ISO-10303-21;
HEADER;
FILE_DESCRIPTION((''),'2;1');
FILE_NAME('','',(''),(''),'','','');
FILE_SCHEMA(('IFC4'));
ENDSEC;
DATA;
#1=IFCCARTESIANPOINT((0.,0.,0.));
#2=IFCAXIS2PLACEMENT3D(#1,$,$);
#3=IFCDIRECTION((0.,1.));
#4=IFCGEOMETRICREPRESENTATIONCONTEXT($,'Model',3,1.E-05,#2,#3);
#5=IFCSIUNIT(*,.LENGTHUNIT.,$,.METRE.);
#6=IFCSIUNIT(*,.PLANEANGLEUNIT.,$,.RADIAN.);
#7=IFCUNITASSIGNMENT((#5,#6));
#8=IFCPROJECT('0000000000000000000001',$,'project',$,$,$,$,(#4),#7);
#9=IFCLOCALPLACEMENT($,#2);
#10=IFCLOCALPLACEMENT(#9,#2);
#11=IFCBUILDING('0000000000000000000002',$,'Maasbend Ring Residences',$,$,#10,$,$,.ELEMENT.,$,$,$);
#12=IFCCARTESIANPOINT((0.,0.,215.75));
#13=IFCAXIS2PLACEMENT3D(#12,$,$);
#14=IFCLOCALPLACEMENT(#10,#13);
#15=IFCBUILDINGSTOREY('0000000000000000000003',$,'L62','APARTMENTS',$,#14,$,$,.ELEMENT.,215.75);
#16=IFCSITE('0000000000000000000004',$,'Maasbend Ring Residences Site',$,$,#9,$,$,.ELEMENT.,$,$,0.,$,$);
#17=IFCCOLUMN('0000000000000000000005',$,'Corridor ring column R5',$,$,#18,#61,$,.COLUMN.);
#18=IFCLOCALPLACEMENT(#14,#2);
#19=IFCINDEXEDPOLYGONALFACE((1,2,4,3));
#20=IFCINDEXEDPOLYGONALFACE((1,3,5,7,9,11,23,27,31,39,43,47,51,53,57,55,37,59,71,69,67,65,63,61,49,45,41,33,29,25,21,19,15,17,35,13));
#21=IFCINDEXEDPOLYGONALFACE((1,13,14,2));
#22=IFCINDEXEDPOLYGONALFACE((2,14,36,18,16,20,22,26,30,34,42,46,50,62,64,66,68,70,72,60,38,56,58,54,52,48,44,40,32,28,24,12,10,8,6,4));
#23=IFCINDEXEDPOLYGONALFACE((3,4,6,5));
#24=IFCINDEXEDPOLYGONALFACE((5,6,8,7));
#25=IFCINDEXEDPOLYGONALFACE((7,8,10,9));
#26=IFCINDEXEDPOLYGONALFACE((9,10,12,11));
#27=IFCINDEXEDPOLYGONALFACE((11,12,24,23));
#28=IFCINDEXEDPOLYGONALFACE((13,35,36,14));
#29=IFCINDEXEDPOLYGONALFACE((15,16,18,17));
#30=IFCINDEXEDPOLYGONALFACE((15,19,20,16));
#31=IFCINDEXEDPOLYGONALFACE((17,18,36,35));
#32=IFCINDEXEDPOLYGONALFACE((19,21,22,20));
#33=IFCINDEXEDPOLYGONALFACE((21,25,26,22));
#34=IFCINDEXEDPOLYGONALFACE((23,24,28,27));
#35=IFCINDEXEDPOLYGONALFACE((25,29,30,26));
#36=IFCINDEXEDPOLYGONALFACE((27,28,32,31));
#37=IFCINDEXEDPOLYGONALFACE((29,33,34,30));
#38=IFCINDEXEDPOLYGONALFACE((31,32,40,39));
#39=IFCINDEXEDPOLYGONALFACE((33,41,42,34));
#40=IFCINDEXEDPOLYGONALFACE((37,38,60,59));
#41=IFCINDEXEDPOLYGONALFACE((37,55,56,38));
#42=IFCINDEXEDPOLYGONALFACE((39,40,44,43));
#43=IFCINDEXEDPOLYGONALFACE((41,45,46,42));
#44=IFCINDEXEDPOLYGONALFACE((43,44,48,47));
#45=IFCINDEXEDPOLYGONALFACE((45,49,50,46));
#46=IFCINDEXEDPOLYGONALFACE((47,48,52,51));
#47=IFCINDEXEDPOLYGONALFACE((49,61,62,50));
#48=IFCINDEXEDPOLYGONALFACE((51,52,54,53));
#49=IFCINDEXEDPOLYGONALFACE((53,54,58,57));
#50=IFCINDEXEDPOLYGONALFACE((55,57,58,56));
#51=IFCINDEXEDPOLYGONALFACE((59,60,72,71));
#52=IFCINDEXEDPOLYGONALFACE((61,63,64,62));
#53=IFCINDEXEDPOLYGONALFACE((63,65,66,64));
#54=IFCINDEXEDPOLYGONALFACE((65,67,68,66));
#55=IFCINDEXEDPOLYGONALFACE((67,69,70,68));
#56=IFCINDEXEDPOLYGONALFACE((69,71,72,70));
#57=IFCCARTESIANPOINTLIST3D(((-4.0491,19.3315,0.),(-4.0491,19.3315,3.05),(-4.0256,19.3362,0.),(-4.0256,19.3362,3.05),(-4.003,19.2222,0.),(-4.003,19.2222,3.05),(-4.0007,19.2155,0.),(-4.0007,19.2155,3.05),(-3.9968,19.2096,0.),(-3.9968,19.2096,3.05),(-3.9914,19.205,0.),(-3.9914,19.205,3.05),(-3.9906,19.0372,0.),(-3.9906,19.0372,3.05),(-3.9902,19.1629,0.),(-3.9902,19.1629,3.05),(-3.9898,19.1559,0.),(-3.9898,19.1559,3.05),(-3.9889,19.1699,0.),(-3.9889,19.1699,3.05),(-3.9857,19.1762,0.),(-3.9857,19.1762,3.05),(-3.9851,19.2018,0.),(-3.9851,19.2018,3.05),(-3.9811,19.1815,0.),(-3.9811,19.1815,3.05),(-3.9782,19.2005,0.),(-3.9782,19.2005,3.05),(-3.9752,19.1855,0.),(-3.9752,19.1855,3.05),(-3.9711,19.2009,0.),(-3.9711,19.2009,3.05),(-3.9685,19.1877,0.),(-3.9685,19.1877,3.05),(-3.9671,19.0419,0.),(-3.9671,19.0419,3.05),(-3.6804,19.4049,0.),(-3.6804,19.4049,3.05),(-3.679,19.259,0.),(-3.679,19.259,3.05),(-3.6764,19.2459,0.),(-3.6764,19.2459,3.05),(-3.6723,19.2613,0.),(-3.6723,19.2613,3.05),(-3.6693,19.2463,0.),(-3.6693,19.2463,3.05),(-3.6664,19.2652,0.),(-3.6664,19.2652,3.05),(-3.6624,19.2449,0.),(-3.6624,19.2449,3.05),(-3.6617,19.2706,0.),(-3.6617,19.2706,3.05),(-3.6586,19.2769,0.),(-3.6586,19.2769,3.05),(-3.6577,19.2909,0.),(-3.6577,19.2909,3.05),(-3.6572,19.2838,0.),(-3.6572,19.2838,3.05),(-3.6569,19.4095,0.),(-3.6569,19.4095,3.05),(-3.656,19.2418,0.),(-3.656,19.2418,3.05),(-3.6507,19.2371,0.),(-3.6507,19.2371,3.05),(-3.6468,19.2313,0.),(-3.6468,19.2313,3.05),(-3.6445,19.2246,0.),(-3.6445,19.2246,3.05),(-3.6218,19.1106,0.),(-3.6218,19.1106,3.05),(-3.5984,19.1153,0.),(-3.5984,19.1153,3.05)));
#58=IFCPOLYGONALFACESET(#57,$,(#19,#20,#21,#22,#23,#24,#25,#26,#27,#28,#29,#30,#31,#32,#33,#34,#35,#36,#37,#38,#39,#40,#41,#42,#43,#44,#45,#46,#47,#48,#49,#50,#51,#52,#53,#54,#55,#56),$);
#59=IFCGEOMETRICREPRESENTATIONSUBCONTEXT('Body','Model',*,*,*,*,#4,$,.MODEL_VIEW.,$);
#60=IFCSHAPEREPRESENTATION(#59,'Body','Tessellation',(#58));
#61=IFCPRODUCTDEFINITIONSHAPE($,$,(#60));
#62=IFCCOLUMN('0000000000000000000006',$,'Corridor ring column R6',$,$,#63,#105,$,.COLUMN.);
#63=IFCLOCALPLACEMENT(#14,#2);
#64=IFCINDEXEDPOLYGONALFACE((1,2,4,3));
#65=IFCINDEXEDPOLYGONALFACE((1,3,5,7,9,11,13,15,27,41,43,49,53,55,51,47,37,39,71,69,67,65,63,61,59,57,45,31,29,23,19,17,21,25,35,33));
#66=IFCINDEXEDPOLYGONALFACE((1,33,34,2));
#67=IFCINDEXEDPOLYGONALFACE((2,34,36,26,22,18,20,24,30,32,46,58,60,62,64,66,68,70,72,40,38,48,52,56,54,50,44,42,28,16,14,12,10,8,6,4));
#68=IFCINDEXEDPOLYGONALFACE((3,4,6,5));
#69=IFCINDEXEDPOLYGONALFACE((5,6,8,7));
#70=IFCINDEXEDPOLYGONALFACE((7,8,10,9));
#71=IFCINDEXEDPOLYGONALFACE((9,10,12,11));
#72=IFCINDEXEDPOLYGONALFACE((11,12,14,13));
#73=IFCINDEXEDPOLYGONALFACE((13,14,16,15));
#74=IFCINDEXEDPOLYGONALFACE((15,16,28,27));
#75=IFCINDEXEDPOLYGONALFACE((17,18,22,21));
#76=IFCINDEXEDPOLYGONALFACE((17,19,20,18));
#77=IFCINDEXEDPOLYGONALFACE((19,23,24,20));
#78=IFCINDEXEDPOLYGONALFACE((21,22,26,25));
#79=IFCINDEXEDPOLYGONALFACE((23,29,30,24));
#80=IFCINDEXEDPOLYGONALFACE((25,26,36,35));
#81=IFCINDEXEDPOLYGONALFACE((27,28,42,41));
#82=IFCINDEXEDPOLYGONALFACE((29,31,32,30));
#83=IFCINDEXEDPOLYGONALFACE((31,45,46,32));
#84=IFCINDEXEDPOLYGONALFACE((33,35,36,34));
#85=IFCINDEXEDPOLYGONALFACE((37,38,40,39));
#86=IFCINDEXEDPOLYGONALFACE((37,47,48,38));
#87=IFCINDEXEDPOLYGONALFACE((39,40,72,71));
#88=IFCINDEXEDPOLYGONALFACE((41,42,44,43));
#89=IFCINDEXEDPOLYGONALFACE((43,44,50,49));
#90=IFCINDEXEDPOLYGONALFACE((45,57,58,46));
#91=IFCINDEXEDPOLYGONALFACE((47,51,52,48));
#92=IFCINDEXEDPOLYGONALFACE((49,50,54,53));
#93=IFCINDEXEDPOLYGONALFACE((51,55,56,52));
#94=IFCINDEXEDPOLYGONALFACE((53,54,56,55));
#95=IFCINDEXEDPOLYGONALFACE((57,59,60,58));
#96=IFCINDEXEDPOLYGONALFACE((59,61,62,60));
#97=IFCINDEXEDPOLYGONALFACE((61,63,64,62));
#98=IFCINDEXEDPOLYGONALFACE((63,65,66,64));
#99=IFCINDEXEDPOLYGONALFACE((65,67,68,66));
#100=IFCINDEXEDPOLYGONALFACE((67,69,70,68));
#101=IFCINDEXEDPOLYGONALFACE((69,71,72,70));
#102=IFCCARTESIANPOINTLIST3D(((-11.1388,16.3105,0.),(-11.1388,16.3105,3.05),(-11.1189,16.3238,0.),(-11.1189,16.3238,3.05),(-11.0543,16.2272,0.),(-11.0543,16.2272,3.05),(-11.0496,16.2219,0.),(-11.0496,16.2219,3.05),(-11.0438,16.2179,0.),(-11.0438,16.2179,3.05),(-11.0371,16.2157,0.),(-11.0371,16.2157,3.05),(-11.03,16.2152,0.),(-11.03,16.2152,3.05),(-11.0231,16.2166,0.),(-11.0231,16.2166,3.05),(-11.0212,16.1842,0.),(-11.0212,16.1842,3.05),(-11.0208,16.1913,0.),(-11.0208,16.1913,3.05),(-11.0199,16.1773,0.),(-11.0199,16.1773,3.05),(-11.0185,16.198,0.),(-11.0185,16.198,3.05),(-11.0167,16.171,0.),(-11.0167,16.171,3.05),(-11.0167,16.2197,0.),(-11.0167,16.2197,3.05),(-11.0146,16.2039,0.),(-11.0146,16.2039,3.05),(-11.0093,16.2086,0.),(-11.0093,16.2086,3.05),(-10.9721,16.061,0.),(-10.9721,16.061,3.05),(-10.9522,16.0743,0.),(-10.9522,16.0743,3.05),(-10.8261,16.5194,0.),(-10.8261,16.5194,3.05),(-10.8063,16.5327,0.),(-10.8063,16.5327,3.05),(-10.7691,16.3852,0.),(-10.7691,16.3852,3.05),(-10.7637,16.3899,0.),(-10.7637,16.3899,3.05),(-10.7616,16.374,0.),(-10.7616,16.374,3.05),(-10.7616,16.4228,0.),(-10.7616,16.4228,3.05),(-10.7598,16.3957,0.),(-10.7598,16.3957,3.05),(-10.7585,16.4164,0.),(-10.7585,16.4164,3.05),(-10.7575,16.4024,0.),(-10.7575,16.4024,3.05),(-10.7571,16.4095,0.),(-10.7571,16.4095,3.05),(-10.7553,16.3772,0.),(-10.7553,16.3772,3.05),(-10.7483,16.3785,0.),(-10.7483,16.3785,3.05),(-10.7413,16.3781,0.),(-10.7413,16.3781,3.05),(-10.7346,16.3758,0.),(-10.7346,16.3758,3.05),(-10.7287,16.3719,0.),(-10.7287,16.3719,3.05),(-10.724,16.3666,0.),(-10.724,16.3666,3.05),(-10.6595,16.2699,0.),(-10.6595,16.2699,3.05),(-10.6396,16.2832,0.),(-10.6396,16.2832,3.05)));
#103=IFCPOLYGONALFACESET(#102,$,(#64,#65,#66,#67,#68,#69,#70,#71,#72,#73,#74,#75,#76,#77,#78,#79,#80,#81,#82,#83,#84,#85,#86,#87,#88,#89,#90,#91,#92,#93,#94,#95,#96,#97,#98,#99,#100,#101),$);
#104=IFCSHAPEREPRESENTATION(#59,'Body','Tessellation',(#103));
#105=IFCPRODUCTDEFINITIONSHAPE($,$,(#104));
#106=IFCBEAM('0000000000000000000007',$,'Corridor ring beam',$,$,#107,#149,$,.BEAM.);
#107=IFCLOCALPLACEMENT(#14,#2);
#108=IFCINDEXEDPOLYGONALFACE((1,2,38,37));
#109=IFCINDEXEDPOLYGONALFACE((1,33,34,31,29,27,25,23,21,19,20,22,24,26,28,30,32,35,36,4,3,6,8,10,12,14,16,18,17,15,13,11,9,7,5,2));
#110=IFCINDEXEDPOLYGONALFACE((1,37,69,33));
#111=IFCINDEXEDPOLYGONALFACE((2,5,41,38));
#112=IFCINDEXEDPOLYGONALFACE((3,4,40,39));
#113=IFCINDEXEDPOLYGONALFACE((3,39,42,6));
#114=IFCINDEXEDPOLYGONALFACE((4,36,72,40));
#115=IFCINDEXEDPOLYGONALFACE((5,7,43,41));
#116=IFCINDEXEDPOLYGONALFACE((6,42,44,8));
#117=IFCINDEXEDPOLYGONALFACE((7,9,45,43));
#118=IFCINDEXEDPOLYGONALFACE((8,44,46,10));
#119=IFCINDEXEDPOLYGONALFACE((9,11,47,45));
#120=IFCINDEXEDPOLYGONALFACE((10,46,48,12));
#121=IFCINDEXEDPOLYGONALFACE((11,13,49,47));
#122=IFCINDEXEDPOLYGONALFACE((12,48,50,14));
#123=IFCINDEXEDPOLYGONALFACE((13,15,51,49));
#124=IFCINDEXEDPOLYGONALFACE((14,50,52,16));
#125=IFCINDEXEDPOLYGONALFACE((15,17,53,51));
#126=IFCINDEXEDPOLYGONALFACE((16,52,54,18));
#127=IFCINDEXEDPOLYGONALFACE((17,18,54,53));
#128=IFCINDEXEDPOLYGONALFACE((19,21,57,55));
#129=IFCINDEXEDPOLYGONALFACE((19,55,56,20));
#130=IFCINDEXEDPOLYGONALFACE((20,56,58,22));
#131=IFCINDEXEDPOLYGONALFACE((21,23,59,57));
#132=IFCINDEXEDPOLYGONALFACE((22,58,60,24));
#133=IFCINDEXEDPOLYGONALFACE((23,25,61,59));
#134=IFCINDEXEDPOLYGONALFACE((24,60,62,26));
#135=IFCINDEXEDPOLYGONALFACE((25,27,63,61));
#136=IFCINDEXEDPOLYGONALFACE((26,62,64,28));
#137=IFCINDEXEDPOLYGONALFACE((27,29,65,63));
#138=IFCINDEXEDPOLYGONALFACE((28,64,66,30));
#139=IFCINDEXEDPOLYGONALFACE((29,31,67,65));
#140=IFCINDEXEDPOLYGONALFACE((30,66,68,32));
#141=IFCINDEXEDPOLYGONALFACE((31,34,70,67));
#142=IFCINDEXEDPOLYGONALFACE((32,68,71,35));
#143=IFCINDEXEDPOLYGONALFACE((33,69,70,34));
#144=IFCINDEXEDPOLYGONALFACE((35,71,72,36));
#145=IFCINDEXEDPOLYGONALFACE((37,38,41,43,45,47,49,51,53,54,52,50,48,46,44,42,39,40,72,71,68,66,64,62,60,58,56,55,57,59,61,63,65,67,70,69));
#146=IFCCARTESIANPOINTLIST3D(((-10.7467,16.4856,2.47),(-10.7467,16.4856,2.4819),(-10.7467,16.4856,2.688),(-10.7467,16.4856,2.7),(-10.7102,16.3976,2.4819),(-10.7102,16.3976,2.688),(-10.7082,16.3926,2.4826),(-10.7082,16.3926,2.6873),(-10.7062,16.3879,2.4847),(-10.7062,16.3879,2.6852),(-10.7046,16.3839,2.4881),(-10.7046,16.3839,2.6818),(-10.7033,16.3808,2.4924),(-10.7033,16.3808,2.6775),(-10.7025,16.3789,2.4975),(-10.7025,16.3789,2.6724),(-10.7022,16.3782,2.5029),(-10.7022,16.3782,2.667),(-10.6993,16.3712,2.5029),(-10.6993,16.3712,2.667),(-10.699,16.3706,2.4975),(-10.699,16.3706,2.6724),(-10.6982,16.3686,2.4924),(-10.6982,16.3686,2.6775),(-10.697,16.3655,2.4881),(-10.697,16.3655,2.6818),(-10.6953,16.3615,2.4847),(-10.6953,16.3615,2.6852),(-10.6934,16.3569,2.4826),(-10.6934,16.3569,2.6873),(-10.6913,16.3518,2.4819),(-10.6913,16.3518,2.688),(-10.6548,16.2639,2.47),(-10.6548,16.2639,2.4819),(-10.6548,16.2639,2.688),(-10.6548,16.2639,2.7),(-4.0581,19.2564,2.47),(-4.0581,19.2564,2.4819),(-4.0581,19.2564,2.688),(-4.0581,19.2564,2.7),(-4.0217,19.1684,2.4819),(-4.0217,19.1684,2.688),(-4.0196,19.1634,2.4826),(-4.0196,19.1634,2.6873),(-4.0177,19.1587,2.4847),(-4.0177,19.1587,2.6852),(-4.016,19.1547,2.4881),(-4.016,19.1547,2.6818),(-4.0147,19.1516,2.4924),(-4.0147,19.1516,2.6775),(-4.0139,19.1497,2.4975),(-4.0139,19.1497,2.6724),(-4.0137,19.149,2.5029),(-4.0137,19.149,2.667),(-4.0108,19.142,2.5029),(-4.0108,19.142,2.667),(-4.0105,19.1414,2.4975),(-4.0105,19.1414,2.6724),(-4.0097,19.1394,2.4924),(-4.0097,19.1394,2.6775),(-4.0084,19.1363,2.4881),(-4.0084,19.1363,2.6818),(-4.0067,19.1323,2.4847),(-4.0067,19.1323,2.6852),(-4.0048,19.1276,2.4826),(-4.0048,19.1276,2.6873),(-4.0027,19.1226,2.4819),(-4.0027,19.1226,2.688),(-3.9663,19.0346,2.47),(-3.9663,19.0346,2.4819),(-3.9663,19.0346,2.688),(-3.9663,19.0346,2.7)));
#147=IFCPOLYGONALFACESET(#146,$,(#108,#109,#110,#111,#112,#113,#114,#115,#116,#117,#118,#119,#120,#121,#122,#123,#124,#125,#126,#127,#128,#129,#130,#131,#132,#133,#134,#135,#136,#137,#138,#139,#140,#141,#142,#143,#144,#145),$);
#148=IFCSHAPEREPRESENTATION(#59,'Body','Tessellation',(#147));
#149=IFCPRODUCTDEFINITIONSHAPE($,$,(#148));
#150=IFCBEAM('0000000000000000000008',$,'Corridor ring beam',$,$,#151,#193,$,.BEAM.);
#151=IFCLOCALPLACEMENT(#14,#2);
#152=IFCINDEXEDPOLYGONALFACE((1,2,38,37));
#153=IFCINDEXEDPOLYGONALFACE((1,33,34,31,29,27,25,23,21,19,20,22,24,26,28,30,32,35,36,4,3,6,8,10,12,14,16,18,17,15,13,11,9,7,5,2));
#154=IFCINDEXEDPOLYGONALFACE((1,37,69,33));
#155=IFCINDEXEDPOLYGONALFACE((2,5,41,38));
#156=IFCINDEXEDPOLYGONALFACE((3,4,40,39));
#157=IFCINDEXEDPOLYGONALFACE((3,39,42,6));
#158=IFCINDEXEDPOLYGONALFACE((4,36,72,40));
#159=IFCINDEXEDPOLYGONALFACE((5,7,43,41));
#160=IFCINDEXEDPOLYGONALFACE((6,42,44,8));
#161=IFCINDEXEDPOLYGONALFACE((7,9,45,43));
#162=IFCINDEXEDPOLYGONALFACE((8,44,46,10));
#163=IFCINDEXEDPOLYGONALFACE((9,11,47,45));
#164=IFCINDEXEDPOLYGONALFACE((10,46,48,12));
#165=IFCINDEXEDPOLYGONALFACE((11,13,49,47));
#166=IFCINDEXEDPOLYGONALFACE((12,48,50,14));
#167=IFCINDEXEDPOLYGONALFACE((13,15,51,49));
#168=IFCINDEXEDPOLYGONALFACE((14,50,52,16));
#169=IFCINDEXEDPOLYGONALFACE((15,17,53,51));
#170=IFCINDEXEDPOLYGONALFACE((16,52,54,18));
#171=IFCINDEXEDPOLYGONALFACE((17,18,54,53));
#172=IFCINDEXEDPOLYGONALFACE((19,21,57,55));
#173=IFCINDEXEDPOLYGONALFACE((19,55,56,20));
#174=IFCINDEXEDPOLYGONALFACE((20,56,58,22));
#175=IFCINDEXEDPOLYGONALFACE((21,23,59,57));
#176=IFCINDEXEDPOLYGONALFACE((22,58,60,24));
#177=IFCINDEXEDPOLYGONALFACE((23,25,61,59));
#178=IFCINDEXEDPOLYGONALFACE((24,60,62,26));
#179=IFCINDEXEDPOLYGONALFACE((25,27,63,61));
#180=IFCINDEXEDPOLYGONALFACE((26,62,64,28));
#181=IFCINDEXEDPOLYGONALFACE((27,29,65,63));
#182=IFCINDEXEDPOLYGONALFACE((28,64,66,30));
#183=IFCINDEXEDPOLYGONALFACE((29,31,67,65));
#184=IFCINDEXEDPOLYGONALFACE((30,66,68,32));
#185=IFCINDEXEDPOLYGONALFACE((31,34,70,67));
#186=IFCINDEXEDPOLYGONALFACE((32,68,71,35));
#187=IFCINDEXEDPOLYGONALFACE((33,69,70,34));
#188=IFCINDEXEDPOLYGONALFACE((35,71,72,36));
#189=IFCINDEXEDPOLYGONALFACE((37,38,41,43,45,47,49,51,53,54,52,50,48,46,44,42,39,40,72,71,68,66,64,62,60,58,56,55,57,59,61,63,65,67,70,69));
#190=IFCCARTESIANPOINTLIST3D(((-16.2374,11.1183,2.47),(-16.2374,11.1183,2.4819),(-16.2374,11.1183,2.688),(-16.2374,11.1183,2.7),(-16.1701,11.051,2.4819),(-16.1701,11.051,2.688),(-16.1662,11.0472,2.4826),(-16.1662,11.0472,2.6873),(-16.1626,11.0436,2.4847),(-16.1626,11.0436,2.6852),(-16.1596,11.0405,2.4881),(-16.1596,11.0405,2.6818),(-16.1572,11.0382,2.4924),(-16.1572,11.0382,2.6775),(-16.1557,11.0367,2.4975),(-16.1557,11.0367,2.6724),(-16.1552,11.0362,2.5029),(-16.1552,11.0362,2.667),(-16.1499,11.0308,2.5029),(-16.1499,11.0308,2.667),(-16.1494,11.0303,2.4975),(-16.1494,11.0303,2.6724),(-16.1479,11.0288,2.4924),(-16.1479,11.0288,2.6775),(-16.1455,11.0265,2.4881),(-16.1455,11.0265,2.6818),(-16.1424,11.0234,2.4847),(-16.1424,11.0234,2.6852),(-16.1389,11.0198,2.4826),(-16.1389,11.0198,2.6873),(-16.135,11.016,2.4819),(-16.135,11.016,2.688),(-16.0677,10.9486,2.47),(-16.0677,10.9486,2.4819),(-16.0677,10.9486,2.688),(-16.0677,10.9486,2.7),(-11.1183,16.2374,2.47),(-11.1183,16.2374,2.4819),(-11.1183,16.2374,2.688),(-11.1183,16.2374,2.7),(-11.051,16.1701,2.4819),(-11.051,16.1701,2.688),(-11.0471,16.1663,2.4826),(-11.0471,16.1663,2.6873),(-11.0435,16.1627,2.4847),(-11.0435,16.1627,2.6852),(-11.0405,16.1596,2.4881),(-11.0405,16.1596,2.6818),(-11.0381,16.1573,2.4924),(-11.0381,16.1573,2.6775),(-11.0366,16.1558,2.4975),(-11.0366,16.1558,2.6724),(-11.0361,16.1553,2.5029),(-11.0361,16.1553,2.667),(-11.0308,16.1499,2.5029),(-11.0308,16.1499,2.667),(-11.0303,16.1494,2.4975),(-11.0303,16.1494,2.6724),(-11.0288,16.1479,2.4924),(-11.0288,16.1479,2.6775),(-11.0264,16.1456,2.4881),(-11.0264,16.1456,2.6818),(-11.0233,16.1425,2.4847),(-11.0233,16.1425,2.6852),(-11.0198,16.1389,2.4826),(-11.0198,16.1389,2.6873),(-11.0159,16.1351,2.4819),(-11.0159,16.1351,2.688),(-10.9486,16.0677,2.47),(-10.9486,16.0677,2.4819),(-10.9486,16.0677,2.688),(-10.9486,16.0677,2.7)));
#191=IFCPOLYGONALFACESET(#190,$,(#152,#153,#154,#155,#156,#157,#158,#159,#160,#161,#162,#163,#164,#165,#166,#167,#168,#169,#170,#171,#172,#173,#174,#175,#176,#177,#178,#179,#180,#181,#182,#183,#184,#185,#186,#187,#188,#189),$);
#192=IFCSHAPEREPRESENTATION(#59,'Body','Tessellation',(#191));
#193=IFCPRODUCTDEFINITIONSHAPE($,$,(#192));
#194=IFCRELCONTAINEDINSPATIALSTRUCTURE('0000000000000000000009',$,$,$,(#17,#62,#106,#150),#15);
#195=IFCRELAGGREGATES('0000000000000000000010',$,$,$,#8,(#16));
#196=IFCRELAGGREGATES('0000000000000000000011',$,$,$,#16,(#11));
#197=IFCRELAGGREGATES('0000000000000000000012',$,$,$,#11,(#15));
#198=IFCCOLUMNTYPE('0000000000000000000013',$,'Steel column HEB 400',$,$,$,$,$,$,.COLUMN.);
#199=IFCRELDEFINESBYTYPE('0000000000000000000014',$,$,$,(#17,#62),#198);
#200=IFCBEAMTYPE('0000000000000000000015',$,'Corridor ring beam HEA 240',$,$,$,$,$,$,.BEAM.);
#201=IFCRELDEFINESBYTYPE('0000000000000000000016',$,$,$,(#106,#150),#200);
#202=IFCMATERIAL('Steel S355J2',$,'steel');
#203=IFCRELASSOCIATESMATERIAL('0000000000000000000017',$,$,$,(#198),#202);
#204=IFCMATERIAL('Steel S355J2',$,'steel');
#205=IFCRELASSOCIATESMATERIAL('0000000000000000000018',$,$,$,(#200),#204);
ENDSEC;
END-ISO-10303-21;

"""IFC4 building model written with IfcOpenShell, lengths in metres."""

from ifc_helpers import new_model, si_unit, direction, frame, origin, origin_2d, place, context, subcontext, project, spatial, i_section, extrude, material, material_profile, profile_set, type_object, element, save


model = new_model("IFC4")

# Units and contexts
model_context = context("Model", 3, precision=1e-05, world=origin(), true_north=direction((0.0, 1.0)))
body_context = subcontext(model_context, "Body", "Model", "MODEL_VIEW")
ifc_project = project(units=[si_unit("LENGTHUNIT", "METRE"), si_unit("PLANEANGLEUNIT", "RADIAN")], contexts=[model_context])

# Site, building, storey
site_placement = place(None, origin())
site = spatial("IfcSite", under=ifc_project, at=site_placement, Name="Maasbend Ring Residences Site", CompositionType="ELEMENT", RefElevation=0.0)
building_placement = place(site_placement, origin())
building = spatial("IfcBuilding", under=site, at=building_placement, Name="Maasbend Ring Residences", CompositionType="ELEMENT")
storey_placement = place(building_placement, frame((0.0, 0.0, 215.75)))
storey = spatial("IfcBuildingStorey", under=building, at=storey_placement, Name="L62", Description="APARTMENTS", CompositionType="ELEMENT", Elevation=215.75)

# Columns
ifc_material_1 = material(Name="Steel S355J2", Category="steel")
ifc_material_profile_1 = material_profile(ifc_material_1, i_section(OverallWidth=0.3, OverallDepth=0.3999, WebThickness=0.0134, FlangeThickness=0.0239, FilletRadius=0.0271, at=origin_2d()), Name="HEB 400")
ifc_profile_set_1 = profile_set([ifc_material_profile_1], Name="Steel S355J2")
column_type = type_object("IfcColumnType", Name="Steel column HEB 400", PredefinedType="COLUMN", material=ifc_profile_set_1)
for number, where, z_axis, x_axis, name in (
    (1, (-3.8237, 19.2234, 0.0), (0.0, 0.0, 1.0), (-0.19509, 0.980785, 0.0), "Corridor ring column R5"),
    (2, (-10.8892, 16.2969, 0.0), (0.0, 0.0, 1.0), (-0.55557, 0.83147, 0.0), "Corridor ring column R6"),
):
    element("IfcColumn", number, at=place(storey_placement, frame(where, z_axis=z_axis, x_axis=x_axis)), inside=storey, type_object=column_type, Name=name, PredefinedType="COLUMN", context=body_context, shape_type="SweptSolid", body=[
        extrude(i_section(OverallWidth=0.3, OverallDepth=0.3999, WebThickness=0.0134, FlangeThickness=0.0239, FilletRadius=0.0271, at=origin_2d()), origin(), (0.0, 0.0, 1.0), 3.05),
    ])

# Beams
ifc_material_2 = material(Name="Steel S355J2", Category="steel")
ifc_material_profile_2 = material_profile(ifc_material_2, i_section(OverallWidth=0.24, OverallDepth=0.23, WebThickness=0.0076, FlangeThickness=0.012, FilletRadius=0.021, at=origin_2d()), Name="HEA 240")
ifc_profile_set_2 = profile_set([ifc_material_profile_2], Name="Steel S355J2")
beam_type = type_object("IfcBeamType", Name="Corridor ring beam HEA 240", PredefinedType="BEAM", material=ifc_profile_set_2)
beam_1_placement = place(storey_placement, frame((-4.0122, 19.1455, 2.585), z_axis=(-0.923865, -0.382718, 0.0), x_axis=(0.382718, -0.923865, 0.0)))
element("IfcBeam", 3, at=beam_1_placement, inside=storey, type_object=beam_type, Name="Corridor ring beam", PredefinedType="BEAM", context=body_context, shape_type="SweptSolid", body=[
    extrude(i_section(OverallWidth=0.24, OverallDepth=0.23, WebThickness=0.0076, FlangeThickness=0.012, FilletRadius=0.021, at=origin_2d()), origin(), (0.0, 0.0, 1.0), 7.2397),
])
beam_2_placement = place(storey_placement, frame((-11.0334, 16.1526, 2.585), z_axis=(-0.707107, -0.707107, 0.0), x_axis=(0.707107, -0.707107, 0.0)))
element("IfcBeam", 4, at=beam_2_placement, inside=storey, type_object=beam_type, Name="Corridor ring beam", PredefinedType="BEAM", context=body_context, shape_type="SweptSolid", body=[
    extrude(i_section(OverallWidth=0.24, OverallDepth=0.23, WebThickness=0.0076, FlangeThickness=0.012, FilletRadius=0.021, at=origin_2d()), origin(), (0.0, 0.0, 1.0), 7.2395),
])

save(model, "model.ifc")
